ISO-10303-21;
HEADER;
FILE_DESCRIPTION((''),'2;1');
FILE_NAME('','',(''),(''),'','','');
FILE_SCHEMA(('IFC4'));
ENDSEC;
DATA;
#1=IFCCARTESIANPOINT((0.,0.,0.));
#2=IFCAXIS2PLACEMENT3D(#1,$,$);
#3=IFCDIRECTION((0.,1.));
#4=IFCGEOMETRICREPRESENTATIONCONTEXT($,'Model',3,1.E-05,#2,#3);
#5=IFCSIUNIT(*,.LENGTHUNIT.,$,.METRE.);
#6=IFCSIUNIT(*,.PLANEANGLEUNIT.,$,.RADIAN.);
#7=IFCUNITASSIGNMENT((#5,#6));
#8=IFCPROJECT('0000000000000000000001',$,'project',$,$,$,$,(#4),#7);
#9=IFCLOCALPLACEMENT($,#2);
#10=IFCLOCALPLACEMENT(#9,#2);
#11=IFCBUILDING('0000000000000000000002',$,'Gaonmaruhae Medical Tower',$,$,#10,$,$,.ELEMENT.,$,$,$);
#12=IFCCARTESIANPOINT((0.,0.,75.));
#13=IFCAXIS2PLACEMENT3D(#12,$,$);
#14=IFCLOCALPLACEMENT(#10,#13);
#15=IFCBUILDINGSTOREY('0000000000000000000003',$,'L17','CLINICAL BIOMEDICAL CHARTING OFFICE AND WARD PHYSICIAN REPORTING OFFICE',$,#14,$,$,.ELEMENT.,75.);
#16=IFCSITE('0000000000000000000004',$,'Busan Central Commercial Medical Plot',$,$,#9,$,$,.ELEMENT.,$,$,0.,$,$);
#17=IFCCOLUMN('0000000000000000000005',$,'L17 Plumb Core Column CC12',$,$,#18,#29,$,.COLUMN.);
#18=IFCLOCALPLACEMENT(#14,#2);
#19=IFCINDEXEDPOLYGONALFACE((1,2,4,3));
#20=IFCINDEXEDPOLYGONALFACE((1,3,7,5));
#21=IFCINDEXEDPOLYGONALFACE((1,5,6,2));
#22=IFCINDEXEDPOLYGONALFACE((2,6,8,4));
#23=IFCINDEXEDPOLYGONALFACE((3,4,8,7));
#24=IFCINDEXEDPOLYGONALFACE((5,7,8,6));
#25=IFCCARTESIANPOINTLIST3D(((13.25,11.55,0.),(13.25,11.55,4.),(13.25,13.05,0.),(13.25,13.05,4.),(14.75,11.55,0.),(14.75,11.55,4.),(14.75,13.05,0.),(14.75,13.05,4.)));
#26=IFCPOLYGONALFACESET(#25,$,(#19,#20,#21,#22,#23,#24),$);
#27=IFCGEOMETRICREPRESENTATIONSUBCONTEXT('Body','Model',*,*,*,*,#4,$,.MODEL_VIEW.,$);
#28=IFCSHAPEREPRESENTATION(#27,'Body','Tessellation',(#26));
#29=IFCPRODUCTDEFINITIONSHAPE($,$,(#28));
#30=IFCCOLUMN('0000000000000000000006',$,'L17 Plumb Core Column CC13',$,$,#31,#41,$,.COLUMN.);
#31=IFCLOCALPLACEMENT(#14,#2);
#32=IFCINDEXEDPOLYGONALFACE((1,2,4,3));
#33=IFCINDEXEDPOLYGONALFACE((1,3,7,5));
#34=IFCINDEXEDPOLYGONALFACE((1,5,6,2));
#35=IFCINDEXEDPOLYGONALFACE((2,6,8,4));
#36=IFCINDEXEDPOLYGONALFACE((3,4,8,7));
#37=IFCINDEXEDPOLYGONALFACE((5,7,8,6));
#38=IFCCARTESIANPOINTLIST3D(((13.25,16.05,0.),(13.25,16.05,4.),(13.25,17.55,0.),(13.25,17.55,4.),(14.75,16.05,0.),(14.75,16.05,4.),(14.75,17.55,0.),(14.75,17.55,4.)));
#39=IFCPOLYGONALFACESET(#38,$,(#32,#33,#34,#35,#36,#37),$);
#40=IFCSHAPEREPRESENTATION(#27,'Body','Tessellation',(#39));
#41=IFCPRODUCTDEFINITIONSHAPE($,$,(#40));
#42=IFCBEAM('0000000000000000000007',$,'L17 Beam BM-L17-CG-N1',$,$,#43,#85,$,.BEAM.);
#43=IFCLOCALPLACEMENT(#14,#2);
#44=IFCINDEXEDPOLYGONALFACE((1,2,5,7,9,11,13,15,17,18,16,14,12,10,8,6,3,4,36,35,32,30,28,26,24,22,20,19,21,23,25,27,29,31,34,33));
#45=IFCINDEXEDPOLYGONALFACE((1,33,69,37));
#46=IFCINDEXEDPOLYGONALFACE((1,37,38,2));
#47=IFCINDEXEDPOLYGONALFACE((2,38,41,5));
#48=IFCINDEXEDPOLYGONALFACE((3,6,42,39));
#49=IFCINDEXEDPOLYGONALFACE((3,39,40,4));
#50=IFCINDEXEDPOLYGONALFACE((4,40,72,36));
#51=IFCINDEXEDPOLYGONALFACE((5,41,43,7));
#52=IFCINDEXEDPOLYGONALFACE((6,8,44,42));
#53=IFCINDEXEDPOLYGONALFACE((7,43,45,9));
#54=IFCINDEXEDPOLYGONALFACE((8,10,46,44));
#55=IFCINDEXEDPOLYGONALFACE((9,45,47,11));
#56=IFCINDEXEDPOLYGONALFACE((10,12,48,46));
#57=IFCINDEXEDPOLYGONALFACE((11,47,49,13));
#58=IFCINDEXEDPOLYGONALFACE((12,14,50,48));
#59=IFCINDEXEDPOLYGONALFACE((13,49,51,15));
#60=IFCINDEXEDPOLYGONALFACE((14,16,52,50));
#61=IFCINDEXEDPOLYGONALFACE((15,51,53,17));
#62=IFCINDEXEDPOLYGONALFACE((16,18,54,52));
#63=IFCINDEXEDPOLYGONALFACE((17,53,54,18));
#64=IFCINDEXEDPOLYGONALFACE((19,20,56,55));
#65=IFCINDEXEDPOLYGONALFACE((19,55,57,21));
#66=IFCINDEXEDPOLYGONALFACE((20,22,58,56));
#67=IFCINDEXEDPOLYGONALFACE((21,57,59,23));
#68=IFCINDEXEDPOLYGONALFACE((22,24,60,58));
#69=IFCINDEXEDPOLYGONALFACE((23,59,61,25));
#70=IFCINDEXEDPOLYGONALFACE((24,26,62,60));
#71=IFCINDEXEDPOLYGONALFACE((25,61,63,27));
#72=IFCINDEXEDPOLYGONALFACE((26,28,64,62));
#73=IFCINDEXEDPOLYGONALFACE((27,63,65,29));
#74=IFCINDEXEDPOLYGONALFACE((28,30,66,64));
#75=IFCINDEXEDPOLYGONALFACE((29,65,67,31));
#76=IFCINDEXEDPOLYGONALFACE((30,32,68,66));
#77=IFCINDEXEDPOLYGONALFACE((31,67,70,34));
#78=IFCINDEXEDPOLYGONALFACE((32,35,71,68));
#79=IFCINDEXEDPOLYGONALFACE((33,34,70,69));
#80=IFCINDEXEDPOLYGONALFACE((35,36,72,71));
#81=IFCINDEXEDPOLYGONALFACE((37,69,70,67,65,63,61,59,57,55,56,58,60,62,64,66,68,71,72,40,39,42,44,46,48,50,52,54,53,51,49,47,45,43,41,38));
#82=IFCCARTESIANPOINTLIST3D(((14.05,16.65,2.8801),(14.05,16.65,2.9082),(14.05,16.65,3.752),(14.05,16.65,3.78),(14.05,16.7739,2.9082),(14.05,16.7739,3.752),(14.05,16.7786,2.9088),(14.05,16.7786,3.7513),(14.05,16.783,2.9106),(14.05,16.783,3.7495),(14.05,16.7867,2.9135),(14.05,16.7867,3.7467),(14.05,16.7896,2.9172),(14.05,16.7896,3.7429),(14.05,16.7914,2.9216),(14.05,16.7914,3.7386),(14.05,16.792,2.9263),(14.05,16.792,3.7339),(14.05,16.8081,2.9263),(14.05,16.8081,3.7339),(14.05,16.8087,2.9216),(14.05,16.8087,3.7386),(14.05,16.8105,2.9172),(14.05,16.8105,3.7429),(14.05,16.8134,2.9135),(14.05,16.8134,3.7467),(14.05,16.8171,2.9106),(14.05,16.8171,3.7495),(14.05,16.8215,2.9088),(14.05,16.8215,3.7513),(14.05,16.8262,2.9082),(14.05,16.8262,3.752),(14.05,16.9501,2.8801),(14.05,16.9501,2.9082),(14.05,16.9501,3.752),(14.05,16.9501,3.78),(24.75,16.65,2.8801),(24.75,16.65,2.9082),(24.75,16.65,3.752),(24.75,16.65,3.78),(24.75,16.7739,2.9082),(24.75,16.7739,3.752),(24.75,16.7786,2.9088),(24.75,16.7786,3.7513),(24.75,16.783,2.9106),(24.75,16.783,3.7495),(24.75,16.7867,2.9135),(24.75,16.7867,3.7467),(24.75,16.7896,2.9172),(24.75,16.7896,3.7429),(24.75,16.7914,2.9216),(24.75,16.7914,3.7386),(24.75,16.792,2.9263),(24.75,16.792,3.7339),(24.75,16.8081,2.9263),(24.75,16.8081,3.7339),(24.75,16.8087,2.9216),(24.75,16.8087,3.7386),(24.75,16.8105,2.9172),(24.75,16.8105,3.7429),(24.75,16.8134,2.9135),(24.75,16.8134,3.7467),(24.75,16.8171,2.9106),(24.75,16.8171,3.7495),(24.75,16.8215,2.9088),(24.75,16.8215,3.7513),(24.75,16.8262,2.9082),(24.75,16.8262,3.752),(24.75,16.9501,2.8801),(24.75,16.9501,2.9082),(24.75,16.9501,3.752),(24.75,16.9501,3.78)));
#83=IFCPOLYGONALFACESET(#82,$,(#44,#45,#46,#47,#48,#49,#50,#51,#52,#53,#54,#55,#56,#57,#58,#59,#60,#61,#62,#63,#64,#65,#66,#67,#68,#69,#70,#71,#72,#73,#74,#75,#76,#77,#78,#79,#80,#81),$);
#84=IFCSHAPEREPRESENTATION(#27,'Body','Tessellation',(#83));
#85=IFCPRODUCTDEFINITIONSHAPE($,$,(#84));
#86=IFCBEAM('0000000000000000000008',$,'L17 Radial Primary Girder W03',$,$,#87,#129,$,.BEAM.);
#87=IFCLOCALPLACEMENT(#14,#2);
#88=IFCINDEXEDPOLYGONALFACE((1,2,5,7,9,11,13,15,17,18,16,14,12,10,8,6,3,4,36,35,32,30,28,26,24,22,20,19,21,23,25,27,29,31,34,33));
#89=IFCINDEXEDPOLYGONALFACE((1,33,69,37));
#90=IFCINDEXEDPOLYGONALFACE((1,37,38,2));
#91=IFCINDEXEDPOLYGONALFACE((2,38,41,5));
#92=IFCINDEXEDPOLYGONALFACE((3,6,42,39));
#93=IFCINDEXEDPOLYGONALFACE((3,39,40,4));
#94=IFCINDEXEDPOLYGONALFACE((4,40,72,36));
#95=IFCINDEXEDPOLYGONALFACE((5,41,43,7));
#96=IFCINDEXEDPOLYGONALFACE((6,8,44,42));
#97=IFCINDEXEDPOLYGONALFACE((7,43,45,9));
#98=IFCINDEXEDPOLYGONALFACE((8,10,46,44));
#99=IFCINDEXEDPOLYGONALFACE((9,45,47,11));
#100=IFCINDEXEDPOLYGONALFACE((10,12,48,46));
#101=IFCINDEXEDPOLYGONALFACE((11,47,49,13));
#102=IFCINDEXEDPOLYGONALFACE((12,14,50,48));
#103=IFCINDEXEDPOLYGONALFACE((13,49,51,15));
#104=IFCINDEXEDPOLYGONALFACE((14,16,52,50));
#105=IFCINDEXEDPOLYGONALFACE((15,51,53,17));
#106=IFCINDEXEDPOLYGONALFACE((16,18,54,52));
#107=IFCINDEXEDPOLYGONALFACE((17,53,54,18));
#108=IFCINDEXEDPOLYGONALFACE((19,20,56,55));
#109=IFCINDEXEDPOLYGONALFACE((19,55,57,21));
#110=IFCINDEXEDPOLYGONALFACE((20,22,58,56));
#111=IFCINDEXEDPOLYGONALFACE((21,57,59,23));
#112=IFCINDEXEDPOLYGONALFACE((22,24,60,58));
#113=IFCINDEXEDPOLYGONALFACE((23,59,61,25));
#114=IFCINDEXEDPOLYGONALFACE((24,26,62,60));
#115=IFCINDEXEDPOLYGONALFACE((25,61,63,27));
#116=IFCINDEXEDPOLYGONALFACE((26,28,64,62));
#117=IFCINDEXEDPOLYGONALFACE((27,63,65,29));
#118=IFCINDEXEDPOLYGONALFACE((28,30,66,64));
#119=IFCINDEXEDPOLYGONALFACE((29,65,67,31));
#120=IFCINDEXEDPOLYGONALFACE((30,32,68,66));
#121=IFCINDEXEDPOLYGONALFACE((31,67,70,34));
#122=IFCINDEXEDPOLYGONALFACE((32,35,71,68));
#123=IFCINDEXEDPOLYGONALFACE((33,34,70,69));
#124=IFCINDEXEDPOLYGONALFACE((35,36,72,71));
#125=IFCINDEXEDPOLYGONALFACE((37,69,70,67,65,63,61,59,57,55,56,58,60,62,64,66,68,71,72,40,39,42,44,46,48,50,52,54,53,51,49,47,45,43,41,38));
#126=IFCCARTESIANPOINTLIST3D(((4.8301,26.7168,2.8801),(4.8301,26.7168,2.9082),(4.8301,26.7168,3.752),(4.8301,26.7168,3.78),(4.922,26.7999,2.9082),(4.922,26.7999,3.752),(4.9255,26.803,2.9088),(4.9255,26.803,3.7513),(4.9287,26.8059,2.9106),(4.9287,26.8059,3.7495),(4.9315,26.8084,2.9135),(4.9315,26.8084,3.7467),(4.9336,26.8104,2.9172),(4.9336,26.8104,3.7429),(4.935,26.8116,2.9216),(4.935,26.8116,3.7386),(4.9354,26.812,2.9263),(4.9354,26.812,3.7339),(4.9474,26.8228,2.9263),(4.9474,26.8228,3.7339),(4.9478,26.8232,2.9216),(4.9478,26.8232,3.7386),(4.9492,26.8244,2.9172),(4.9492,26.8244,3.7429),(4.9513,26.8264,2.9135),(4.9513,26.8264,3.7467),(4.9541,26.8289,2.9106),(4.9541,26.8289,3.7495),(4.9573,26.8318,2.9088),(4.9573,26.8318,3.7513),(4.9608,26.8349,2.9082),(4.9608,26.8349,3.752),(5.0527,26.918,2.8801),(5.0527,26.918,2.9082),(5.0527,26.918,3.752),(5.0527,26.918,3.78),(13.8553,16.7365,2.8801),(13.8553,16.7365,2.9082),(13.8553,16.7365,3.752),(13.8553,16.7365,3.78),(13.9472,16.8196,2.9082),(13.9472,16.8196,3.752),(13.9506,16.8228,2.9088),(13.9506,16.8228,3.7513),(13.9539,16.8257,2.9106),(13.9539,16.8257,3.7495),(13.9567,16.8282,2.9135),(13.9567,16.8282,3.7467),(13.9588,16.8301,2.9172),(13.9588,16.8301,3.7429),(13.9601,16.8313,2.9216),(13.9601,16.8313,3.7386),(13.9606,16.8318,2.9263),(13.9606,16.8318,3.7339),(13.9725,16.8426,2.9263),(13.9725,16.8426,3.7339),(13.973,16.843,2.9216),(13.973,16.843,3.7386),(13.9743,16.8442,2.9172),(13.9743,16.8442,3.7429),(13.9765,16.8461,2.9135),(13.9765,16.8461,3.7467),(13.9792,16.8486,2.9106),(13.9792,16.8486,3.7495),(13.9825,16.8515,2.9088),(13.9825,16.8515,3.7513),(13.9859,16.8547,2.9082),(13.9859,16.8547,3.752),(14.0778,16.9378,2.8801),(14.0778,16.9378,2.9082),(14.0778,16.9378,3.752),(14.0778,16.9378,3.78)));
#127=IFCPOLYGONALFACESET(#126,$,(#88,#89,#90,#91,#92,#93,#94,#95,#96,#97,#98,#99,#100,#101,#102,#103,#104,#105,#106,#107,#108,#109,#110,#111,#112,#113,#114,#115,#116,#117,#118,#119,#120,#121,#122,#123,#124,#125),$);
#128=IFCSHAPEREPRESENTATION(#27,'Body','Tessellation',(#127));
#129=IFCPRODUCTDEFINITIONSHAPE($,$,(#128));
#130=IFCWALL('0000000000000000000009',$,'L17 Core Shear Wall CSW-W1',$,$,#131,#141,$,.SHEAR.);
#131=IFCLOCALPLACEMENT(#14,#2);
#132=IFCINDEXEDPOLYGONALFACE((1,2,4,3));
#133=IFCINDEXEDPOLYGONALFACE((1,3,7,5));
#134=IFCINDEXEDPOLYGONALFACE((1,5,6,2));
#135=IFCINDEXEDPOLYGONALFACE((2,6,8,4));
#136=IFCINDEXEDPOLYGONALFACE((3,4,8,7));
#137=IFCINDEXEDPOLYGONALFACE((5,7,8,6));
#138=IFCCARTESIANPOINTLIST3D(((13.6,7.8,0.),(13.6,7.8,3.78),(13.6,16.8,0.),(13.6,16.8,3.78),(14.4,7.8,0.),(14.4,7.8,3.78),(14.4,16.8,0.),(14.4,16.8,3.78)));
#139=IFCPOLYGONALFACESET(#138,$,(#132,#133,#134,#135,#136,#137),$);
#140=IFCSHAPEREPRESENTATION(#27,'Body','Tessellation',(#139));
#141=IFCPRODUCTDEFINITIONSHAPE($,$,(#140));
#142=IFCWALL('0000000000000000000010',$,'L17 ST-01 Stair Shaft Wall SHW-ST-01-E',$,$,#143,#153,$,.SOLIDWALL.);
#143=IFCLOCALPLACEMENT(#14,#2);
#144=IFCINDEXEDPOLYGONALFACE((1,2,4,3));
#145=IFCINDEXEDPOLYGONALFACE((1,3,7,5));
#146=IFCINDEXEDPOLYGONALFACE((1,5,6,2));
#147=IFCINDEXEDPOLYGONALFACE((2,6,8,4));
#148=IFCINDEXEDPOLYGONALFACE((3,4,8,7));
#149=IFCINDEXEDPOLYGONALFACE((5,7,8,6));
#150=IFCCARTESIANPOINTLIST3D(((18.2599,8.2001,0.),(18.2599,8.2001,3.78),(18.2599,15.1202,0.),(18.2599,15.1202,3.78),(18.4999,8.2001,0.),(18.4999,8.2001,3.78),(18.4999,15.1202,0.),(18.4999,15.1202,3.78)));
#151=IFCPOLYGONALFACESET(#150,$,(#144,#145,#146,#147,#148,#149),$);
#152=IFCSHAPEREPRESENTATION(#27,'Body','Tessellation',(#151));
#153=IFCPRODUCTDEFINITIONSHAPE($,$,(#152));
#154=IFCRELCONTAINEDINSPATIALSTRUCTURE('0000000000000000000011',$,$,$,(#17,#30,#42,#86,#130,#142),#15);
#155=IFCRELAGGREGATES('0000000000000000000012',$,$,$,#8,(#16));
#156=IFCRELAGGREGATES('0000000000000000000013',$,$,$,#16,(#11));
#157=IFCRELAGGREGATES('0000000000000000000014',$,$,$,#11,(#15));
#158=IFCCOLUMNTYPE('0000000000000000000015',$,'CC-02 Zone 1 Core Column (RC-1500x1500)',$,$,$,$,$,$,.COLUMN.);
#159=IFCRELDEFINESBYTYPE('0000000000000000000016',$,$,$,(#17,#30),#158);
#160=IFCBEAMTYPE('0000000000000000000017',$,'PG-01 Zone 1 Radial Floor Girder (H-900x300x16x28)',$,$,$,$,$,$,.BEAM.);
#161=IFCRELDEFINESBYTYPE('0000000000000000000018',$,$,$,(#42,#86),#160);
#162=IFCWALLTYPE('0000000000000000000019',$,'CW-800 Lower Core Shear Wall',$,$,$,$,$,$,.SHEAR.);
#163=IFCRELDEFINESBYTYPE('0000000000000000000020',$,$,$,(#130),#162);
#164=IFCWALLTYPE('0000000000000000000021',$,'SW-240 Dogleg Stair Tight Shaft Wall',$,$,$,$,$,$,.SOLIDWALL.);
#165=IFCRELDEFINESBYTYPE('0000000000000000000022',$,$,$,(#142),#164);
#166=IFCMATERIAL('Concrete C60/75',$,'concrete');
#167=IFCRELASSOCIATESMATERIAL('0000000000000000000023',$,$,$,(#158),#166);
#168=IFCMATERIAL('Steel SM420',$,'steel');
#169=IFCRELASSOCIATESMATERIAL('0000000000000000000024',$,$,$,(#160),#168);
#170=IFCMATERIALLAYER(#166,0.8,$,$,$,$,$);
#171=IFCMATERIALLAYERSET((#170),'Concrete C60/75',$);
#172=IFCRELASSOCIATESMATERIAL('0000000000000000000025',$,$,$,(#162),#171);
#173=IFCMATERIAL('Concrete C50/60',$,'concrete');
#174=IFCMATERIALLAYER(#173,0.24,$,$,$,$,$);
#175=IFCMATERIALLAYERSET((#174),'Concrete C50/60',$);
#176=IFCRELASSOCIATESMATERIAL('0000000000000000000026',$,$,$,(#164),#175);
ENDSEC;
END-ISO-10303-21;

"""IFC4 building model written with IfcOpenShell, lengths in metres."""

from ifc_helpers import new_model, si_unit, direction, frame, frame_2d, origin, origin_2d, place, context, subcontext, project, spatial, rectangle, i_section, extrude, material, layer, layer_set, material_profile, profile_set, type_object, element, save


model = new_model("IFC4")

# Units and contexts
model_context = context("Model", 3, precision=1e-05, world=origin(), true_north=direction((0.0, 1.0)))
body_context = subcontext(model_context, "Body", "Model", "MODEL_VIEW")
ifc_project = project(units=[si_unit("LENGTHUNIT", "METRE"), si_unit("PLANEANGLEUNIT", "RADIAN")], contexts=[model_context])

# Site, building, storey
site_placement = place(None, origin())
site = spatial("IfcSite", under=ifc_project, at=site_placement, Name="Busan Central Commercial Medical Plot", CompositionType="ELEMENT", RefElevation=0.0)
building_placement = place(site_placement, origin())
building = spatial("IfcBuilding", under=site, at=building_placement, Name="Gaonmaruhae Medical Tower", CompositionType="ELEMENT")
storey_placement = place(building_placement, frame((0.0, 0.0, 75.0)))
storey = spatial("IfcBuildingStorey", under=building, at=storey_placement, Name="L17", Description="CLINICAL BIOMEDICAL CHARTING OFFICE AND WARD PHYSICIAN REPORTING OFFICE", CompositionType="ELEMENT", Elevation=75.0)

# Columns
ifc_material_1 = material(Name="Concrete C60/75", Category="concrete")
ifc_material_profile_1 = material_profile(ifc_material_1, rectangle(XDim=1.5, YDim=1.5, at=origin_2d()), Name="RC-1500x1500")
ifc_profile_set_1 = profile_set([ifc_material_profile_1], Name="Concrete C60/75")
column_type = type_object("IfcColumnType", Name="CC-02 Zone 1 Core Column (RC-1500x1500)", PredefinedType="COLUMN", material=ifc_profile_set_1)
for number, where, z_axis, x_axis, name in (
    (1, (14.0, 12.3, 0.0), (0.0, 0.0, 1.0), (1.0, 0.0, 0.0), "L17 Plumb Core Column CC12"),
    (2, (14.0, 16.8, 0.0), (0.0, 0.0, 1.0), (1.0, 0.0, 0.0), "L17 Plumb Core Column CC13"),
):
    element("IfcColumn", number, at=place(storey_placement, frame(where, z_axis=z_axis, x_axis=x_axis)), inside=storey, type_object=column_type, Name=name, PredefinedType="COLUMN", context=body_context, shape_type="SweptSolid", body=[
        extrude(rectangle(XDim=1.5, YDim=1.5, at=origin_2d()), origin(), (0.0, 0.0, 1.0), 4.0),
    ])

# Beams
ifc_material_2 = material(Name="Steel SM420", Category="steel")
ifc_material_profile_2 = material_profile(ifc_material_2, i_section(OverallWidth=0.3, OverallDepth=0.8999, WebThickness=0.0161, FlangeThickness=0.0281, FilletRadius=0.0181, at=origin_2d()), Name="H-900x300x16x28")
ifc_profile_set_2 = profile_set([ifc_material_profile_2], Name="Steel SM420")
beam_type = type_object("IfcBeamType", Name="PG-01 Zone 1 Radial Floor Girder (H-900x300x16x28)", PredefinedType="BEAM", material=ifc_profile_set_2)
beam_1_placement = place(storey_placement, frame((14.05, 16.8, 3.3301), z_axis=(1.0, 0.0, 0.0), x_axis=(0.0, 1.0, 0.0)))
element("IfcBeam", 3, at=beam_1_placement, inside=storey, type_object=beam_type, Name="L17 Beam BM-L17-CG-N1", PredefinedType="BEAM", context=body_context, shape_type="SweptSolid", body=[
    extrude(i_section(OverallWidth=0.3, OverallDepth=0.8999, WebThickness=0.0161, FlangeThickness=0.0281, FilletRadius=0.0181, at=origin_2d()), origin(), (0.0, 0.0, 1.0), 10.7),
])
beam_2_placement = place(storey_placement, frame((13.9666, 16.8372, 3.3301), z_axis=(-0.670726, 0.741705, 0.0), x_axis=(-0.741705, -0.670726, 0.0)))
element("IfcBeam", 4, at=beam_2_placement, inside=storey, type_object=beam_type, Name="L17 Radial Primary Girder W03", PredefinedType="BEAM", context=body_context, shape_type="SweptSolid", body=[
    extrude(i_section(OverallWidth=0.3, OverallDepth=0.8999, WebThickness=0.0161, FlangeThickness=0.0281, FilletRadius=0.0181, at=origin_2d()), origin(), (0.0, 0.0, 1.0), 13.4558),
])

# Wall
ifc_layer_1 = layer(ifc_material_1, 0.8)
ifc_layer_set_1 = layer_set([ifc_layer_1], Name="Concrete C60/75")
wall_type_1 = type_object("IfcWallType", Name="CW-800 Lower Core Shear Wall", PredefinedType="SHEAR", material=ifc_layer_set_1)
wall_1_placement = place(storey_placement, frame((14.0, 16.8, 0.0), z_axis=(0.0, 0.0, 1.0), x_axis=(0.0, -1.0, 0.0)))
element("IfcWall", 5, at=wall_1_placement, inside=storey, type_object=wall_type_1, Name="L17 Core Shear Wall CSW-W1", PredefinedType="SHEAR", context=body_context, shape_type="SweptSolid", body=[
    extrude(rectangle(XDim=9.0, YDim=0.8, at=frame_2d((4.5, 0.0))), origin(), (0.0, 0.0, 1.0), 3.78),
])

# Shared definitions
ifc_material_3 = material(Name="Concrete C50/60", Category="concrete")
ifc_layer_2 = layer(ifc_material_3, 0.24)
ifc_layer_set_2 = layer_set([ifc_layer_2], Name="Concrete C50/60")
wall_type_2 = type_object("IfcWallType", Name="SW-240 Dogleg Stair Tight Shaft Wall", PredefinedType="SOLIDWALL", material=ifc_layer_set_2)

# Wall
wall_2_placement = place(storey_placement, frame((18.3799, 15.1201, 0.0), z_axis=(0.0, 0.0, 1.0), x_axis=(0.0, -1.0, 0.0)))
element("IfcWall", 6, at=wall_2_placement, inside=storey, type_object=wall_type_2, Name="L17 ST-01 Stair Shaft Wall SHW-ST-01-E", PredefinedType="SOLIDWALL", context=body_context, shape_type="SweptSolid", body=[
    extrude(rectangle(XDim=6.9202, YDim=0.24, at=frame_2d((3.46, 0.0))), origin(), (0.0, 0.0, 1.0), 3.78),
])

save(model, "model.ifc")
